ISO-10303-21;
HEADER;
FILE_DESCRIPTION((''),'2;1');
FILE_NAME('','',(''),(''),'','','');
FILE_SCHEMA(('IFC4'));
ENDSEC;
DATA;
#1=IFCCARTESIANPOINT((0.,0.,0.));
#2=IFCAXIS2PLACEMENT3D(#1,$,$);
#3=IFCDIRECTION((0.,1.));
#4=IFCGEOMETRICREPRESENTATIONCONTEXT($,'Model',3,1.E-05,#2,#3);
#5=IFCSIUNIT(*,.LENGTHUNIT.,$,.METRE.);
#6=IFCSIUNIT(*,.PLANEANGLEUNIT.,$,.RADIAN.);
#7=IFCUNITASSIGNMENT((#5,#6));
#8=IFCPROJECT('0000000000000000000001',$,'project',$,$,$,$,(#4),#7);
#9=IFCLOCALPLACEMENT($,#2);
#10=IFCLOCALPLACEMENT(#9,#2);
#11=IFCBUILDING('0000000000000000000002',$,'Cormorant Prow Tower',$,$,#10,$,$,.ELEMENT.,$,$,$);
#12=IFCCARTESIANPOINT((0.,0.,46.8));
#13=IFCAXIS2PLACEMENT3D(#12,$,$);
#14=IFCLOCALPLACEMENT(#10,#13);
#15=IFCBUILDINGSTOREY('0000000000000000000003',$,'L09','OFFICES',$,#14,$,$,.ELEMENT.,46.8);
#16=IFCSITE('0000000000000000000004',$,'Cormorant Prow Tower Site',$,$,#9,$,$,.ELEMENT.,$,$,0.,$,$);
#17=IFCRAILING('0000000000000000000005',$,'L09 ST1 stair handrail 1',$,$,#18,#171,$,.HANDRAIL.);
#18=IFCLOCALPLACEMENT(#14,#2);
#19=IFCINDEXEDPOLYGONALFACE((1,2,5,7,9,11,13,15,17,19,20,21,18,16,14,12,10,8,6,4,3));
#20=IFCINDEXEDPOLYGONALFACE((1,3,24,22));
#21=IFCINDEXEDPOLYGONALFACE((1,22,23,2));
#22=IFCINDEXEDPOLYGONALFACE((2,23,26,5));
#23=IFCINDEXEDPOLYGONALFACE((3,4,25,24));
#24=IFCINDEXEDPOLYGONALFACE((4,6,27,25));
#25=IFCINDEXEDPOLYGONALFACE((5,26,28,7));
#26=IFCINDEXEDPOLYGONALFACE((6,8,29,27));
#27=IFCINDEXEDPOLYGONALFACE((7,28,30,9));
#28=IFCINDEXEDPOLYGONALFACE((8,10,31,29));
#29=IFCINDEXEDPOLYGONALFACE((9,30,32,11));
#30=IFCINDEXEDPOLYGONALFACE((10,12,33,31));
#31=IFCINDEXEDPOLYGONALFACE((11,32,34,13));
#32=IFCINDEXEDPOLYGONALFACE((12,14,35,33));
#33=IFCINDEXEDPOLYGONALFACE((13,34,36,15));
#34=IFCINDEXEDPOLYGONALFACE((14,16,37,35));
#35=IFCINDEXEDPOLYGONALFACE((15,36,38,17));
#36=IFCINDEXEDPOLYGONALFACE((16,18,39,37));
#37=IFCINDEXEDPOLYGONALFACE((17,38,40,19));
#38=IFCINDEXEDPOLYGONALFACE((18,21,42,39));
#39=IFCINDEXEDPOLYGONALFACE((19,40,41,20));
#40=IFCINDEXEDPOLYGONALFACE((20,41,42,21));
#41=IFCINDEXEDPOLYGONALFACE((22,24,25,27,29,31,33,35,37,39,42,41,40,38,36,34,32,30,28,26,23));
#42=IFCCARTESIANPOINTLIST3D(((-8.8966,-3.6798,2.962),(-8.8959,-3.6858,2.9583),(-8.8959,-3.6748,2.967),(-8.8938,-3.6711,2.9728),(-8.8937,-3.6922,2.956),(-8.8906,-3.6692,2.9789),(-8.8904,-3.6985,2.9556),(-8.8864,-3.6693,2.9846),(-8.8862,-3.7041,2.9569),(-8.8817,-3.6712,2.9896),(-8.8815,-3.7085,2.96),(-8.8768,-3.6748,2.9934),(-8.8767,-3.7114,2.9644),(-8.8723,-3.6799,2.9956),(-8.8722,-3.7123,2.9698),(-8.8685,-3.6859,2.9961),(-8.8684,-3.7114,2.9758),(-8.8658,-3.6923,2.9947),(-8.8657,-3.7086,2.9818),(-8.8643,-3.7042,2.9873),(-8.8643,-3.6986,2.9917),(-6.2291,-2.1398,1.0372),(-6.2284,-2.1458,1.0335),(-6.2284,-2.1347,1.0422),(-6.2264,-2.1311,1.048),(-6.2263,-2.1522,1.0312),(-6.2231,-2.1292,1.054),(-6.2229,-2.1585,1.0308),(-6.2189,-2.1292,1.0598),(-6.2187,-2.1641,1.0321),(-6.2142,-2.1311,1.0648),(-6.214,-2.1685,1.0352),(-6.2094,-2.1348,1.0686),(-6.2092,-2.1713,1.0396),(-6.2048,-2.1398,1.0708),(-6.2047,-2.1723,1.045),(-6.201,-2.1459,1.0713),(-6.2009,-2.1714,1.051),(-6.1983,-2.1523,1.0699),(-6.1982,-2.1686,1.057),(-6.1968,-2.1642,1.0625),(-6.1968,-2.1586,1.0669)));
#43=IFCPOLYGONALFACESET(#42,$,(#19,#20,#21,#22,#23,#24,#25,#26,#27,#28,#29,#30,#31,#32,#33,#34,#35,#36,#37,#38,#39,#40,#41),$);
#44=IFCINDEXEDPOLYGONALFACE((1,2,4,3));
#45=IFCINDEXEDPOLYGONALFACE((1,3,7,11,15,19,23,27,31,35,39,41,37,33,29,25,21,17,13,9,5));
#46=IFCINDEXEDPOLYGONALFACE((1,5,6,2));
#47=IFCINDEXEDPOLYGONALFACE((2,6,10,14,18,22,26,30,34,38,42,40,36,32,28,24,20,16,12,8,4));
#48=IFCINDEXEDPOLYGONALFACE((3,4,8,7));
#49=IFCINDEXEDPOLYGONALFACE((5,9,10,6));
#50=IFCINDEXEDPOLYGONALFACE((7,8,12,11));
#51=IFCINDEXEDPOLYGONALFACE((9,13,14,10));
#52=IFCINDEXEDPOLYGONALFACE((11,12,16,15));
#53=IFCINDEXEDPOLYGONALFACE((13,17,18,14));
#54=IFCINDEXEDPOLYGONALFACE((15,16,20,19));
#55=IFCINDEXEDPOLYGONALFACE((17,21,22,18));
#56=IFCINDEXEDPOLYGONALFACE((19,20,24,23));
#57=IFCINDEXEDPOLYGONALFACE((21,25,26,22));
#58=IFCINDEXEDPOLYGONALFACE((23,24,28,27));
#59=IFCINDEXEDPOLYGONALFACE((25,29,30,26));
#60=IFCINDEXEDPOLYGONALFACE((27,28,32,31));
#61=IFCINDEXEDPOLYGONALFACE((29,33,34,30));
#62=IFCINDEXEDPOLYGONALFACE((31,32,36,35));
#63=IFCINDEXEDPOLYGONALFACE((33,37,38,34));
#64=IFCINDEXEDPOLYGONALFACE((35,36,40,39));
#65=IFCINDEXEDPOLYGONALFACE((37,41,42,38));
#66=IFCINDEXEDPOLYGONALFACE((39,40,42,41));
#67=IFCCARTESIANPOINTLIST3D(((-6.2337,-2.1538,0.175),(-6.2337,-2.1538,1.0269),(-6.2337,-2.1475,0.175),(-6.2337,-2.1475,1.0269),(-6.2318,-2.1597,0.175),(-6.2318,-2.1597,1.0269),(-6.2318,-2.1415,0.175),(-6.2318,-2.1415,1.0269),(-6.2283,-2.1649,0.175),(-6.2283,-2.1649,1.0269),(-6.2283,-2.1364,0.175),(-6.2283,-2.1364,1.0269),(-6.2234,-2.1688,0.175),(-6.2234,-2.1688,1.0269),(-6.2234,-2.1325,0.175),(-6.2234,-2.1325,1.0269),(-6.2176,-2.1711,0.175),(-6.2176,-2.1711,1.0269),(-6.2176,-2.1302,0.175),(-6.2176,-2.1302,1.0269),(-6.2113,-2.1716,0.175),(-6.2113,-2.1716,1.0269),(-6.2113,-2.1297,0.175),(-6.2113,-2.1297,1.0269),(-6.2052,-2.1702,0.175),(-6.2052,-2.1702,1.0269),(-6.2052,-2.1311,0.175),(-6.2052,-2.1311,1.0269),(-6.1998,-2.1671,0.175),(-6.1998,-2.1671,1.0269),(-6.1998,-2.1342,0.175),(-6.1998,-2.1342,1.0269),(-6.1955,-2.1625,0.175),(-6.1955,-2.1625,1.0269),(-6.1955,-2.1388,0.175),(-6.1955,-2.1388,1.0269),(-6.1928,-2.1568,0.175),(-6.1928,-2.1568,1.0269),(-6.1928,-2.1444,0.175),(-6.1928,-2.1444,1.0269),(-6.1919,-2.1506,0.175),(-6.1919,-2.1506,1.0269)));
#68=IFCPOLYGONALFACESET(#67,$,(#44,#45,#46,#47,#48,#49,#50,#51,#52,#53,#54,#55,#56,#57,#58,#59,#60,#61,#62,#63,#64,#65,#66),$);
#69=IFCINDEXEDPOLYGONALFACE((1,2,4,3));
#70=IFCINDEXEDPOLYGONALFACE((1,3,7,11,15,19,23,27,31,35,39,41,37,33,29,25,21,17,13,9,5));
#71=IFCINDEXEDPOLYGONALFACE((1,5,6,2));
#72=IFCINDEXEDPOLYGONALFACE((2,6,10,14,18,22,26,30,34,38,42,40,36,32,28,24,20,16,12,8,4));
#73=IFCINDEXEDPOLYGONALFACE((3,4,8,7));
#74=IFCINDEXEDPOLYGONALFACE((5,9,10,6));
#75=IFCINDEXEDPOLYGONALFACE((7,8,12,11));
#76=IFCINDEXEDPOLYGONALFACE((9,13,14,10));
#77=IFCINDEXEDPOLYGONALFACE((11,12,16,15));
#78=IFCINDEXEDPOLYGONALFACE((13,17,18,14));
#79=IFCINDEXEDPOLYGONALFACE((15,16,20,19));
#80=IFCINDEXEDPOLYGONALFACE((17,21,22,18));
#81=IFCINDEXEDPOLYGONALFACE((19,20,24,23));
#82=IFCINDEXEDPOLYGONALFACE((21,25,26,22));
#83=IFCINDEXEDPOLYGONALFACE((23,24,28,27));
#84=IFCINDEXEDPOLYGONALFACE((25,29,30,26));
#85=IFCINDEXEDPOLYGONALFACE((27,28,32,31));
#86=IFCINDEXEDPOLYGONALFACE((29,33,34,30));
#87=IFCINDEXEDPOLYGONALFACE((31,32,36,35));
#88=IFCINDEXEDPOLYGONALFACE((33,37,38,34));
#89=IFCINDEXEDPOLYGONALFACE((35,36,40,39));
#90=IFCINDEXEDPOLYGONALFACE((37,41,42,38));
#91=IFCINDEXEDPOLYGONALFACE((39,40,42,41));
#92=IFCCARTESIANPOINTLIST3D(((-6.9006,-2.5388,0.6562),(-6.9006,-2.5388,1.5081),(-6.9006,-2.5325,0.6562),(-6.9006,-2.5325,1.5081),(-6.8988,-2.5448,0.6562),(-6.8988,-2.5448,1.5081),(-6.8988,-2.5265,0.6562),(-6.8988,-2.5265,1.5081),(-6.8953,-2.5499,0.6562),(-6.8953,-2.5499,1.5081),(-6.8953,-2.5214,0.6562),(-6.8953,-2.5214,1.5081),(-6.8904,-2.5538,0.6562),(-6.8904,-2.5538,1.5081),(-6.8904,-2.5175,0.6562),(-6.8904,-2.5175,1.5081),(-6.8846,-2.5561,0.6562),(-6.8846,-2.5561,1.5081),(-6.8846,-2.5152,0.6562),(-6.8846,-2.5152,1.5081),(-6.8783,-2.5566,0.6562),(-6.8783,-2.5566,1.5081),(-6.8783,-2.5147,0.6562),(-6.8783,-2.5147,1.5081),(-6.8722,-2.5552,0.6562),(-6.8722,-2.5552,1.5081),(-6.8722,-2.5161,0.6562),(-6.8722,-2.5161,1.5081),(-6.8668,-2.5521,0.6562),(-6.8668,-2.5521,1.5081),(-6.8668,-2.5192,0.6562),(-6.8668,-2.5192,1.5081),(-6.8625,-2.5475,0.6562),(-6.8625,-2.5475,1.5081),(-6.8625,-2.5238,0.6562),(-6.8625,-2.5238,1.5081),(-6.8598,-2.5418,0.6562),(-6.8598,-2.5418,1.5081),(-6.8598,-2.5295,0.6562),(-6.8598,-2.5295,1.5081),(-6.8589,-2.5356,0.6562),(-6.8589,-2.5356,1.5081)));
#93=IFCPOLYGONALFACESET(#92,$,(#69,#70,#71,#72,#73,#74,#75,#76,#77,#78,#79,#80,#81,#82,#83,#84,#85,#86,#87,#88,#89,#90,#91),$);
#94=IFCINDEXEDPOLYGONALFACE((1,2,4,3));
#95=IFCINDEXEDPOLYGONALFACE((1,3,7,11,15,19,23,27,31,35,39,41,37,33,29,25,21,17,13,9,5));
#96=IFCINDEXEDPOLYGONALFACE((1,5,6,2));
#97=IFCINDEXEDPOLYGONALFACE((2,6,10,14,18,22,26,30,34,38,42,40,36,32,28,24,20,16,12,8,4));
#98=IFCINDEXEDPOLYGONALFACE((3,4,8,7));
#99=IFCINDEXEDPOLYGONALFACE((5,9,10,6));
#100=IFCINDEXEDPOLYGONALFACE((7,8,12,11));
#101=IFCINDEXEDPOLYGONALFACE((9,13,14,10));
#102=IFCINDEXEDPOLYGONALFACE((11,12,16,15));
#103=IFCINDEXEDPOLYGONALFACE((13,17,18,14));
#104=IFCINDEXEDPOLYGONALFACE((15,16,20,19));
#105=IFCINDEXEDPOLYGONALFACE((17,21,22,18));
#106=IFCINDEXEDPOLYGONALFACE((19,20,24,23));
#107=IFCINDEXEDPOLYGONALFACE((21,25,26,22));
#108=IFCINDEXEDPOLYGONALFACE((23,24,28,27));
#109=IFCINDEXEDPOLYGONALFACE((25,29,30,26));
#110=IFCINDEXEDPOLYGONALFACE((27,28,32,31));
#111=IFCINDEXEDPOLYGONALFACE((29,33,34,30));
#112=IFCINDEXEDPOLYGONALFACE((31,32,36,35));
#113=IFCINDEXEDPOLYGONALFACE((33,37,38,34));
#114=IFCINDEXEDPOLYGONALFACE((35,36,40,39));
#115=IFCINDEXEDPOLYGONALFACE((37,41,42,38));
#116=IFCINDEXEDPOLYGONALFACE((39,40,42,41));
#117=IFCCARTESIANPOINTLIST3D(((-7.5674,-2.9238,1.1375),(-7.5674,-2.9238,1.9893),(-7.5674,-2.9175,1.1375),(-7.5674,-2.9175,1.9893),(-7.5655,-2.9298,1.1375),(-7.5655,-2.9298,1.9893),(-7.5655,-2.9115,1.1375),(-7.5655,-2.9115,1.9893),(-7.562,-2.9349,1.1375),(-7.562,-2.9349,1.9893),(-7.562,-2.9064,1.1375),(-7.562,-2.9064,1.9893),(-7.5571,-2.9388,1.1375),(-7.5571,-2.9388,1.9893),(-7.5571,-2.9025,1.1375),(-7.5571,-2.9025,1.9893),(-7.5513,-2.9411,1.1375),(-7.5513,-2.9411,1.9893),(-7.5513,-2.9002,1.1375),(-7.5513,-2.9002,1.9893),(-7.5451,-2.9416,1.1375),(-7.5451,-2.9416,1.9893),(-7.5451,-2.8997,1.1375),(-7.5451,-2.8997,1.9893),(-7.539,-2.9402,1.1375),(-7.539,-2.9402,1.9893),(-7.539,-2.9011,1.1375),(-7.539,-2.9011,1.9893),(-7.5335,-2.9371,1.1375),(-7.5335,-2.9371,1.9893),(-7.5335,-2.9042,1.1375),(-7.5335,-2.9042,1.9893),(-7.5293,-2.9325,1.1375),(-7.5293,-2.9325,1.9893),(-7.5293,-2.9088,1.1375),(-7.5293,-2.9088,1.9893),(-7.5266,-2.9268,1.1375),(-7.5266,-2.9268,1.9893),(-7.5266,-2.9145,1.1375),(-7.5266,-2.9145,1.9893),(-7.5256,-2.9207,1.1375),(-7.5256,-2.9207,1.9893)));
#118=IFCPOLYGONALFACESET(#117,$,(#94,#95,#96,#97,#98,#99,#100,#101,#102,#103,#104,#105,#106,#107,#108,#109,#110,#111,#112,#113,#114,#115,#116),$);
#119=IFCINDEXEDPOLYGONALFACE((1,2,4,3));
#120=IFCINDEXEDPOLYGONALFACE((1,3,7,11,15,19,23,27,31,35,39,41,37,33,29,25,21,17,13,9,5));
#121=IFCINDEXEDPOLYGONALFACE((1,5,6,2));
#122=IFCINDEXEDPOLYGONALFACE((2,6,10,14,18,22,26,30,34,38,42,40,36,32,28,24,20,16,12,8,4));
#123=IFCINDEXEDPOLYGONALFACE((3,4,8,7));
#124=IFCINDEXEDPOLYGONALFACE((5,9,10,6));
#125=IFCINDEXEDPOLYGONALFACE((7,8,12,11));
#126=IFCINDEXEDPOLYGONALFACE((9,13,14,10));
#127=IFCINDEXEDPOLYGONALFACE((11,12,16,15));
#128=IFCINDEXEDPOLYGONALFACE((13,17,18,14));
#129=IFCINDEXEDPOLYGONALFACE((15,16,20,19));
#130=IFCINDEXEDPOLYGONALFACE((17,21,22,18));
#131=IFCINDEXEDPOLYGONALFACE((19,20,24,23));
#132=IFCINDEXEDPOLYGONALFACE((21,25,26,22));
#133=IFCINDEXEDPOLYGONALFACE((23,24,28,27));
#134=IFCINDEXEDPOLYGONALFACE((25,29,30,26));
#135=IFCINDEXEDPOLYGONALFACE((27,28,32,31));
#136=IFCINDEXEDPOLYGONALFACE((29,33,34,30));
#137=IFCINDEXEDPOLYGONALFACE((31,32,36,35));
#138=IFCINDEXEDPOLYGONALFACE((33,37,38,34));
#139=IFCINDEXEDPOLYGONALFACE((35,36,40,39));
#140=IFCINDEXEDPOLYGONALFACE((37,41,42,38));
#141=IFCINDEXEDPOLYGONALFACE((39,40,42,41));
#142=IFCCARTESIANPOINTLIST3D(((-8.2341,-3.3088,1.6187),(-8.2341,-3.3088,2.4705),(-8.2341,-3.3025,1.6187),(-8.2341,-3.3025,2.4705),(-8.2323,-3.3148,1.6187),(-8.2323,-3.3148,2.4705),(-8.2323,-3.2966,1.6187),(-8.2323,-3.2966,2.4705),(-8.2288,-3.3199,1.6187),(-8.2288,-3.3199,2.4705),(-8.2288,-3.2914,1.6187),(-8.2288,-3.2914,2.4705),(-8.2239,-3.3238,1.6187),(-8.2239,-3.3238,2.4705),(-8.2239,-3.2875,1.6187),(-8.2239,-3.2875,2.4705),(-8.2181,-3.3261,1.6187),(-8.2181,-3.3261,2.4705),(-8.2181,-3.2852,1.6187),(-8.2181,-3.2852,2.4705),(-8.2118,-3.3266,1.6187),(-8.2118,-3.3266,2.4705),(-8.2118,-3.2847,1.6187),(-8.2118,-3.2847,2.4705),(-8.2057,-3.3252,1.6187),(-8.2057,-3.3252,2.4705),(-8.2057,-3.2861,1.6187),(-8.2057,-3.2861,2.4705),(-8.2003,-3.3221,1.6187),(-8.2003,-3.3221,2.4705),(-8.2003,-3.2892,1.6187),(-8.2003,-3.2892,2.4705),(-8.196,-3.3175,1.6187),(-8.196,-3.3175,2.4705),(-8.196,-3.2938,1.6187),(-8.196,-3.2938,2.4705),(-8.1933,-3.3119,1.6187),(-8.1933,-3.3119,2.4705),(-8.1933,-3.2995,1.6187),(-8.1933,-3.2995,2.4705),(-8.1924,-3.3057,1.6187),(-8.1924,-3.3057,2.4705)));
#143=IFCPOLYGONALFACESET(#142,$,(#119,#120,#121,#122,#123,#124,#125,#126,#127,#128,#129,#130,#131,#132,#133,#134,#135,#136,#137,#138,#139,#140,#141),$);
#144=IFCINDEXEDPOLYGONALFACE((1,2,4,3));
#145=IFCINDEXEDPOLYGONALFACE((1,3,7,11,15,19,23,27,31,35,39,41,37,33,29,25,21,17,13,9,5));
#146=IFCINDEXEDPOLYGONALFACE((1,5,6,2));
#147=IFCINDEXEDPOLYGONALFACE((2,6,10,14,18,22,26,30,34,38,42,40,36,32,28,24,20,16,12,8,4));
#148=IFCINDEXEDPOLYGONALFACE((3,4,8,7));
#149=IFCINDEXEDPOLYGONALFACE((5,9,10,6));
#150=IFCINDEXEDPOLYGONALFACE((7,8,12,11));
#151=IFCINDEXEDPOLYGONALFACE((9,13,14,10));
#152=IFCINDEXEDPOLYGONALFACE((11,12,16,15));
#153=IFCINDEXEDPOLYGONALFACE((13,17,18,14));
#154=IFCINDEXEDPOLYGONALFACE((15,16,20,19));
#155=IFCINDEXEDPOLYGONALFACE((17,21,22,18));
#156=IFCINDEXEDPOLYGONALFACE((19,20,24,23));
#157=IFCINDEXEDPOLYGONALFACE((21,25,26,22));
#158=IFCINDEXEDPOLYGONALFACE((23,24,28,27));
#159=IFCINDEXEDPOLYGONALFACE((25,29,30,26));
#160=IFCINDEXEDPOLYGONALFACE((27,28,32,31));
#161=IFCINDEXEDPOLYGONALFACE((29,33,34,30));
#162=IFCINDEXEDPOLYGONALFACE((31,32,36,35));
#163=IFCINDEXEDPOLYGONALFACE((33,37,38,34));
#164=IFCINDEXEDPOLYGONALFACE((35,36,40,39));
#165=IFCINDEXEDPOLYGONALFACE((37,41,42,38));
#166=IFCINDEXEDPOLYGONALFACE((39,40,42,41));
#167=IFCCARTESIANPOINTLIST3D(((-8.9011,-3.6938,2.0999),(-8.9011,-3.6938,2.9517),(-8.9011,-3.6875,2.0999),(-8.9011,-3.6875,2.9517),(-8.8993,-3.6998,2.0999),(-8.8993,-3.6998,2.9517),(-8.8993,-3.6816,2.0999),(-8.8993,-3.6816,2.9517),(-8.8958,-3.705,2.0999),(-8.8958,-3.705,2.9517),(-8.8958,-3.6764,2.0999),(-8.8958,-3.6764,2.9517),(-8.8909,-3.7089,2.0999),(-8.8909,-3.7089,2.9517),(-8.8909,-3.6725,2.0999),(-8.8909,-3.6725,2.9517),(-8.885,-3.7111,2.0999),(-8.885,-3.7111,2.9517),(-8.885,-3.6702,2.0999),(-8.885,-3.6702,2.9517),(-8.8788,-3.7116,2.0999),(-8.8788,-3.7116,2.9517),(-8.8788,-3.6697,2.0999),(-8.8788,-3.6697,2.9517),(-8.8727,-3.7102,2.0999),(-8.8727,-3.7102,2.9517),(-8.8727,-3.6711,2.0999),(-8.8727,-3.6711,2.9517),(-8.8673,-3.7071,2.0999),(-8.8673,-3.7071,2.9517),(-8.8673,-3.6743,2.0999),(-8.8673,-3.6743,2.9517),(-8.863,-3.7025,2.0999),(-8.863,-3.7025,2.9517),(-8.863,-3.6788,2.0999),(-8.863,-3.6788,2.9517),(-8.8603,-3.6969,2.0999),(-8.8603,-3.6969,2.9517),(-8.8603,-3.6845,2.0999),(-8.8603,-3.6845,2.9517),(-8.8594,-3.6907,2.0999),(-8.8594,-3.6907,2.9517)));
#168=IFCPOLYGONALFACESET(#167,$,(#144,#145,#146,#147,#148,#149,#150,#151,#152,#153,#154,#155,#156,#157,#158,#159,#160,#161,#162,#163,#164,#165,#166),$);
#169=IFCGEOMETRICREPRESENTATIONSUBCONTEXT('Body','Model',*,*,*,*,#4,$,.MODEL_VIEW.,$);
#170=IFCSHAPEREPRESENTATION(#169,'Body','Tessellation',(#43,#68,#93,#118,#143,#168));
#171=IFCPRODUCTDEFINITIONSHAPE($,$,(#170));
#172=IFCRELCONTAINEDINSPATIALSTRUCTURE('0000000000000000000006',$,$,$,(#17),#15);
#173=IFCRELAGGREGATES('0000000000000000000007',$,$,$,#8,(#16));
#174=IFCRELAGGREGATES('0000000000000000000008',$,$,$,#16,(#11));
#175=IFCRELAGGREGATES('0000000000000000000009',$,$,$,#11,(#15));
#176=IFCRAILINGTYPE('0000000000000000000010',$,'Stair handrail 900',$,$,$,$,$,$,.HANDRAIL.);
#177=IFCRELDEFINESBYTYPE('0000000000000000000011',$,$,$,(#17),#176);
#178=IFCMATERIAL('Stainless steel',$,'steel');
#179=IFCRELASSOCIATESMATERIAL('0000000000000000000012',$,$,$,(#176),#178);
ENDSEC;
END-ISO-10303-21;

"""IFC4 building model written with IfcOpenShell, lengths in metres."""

from ifc_helpers import new_model, si_unit, direction, frame, origin, origin_2d, place, context, subcontext, project, spatial, circle, extrude, material, type_object, element, save


model = new_model("IFC4")

# Units and contexts
model_context = context("Model", 3, precision=1e-05, world=origin(), true_north=direction((0.0, 1.0)))
body_context = subcontext(model_context, "Body", "Model", "MODEL_VIEW")
ifc_project = project(units=[si_unit("LENGTHUNIT", "METRE"), si_unit("PLANEANGLEUNIT", "RADIAN")], contexts=[model_context])

# Site, building, storey
site_placement = place(None, origin())
site = spatial("IfcSite", under=ifc_project, at=site_placement, Name="Cormorant Prow Tower Site", CompositionType="ELEMENT", RefElevation=0.0)
building_placement = place(site_placement, origin())
building = spatial("IfcBuilding", under=site, at=building_placement, Name="Cormorant Prow Tower", CompositionType="ELEMENT")
storey_placement = place(building_placement, frame((0.0, 0.0, 46.8)))
storey = spatial("IfcBuildingStorey", under=building, at=storey_placement, Name="L09", Description="OFFICES", CompositionType="ELEMENT", Elevation=46.8)

# Railing
ifc_material_1 = material(Name="Stainless steel", Category="steel")
railing_type_1 = type_object("IfcRailingType", Name="Stair handrail 900", PredefinedType="HANDRAIL", material=ifc_material_1)
railing_1_placement = place(storey_placement, frame((-6.2129, -2.1506, 0.175)))
element("IfcRailing", 1, at=railing_1_placement, inside=storey, type_object=railing_type_1, Name="L09 ST1 stair handrail 1", PredefinedType="HANDRAIL", context=body_context, shape_type="SweptSolid", body=[
    extrude(circle(Radius=0.0239, at=origin_2d()), frame((0.0, 0.0, 0.876), z_axis=(-0.734421, -0.42401, 0.529945), x_axis=(0.499992, -0.86603, 0.0)), (0.0, 0.0, 1.0), 3.6321),
    extrude(circle(Radius=0.021, at=origin_2d()), origin(), (0.0, 0.0, 1.0), 0.8518),
    extrude(circle(Radius=0.021, at=origin_2d()), frame((-0.667, -0.385, 0.4812)), (0.0, 0.0, 1.0), 0.8518),
    extrude(circle(Radius=0.021, at=origin_2d()), frame((-1.3337, -0.77, 0.9624)), (0.0, 0.0, 1.0), 0.8518),
    extrude(circle(Radius=0.021, at=origin_2d()), frame((-2.0005, -1.155, 1.4436)), (0.0, 0.0, 1.0), 0.8518),
    extrude(circle(Radius=0.021, at=origin_2d()), frame((-2.6675, -1.54, 1.9248)), (0.0, 0.0, 1.0), 0.8518),
])

save(model, "model.ifc")
